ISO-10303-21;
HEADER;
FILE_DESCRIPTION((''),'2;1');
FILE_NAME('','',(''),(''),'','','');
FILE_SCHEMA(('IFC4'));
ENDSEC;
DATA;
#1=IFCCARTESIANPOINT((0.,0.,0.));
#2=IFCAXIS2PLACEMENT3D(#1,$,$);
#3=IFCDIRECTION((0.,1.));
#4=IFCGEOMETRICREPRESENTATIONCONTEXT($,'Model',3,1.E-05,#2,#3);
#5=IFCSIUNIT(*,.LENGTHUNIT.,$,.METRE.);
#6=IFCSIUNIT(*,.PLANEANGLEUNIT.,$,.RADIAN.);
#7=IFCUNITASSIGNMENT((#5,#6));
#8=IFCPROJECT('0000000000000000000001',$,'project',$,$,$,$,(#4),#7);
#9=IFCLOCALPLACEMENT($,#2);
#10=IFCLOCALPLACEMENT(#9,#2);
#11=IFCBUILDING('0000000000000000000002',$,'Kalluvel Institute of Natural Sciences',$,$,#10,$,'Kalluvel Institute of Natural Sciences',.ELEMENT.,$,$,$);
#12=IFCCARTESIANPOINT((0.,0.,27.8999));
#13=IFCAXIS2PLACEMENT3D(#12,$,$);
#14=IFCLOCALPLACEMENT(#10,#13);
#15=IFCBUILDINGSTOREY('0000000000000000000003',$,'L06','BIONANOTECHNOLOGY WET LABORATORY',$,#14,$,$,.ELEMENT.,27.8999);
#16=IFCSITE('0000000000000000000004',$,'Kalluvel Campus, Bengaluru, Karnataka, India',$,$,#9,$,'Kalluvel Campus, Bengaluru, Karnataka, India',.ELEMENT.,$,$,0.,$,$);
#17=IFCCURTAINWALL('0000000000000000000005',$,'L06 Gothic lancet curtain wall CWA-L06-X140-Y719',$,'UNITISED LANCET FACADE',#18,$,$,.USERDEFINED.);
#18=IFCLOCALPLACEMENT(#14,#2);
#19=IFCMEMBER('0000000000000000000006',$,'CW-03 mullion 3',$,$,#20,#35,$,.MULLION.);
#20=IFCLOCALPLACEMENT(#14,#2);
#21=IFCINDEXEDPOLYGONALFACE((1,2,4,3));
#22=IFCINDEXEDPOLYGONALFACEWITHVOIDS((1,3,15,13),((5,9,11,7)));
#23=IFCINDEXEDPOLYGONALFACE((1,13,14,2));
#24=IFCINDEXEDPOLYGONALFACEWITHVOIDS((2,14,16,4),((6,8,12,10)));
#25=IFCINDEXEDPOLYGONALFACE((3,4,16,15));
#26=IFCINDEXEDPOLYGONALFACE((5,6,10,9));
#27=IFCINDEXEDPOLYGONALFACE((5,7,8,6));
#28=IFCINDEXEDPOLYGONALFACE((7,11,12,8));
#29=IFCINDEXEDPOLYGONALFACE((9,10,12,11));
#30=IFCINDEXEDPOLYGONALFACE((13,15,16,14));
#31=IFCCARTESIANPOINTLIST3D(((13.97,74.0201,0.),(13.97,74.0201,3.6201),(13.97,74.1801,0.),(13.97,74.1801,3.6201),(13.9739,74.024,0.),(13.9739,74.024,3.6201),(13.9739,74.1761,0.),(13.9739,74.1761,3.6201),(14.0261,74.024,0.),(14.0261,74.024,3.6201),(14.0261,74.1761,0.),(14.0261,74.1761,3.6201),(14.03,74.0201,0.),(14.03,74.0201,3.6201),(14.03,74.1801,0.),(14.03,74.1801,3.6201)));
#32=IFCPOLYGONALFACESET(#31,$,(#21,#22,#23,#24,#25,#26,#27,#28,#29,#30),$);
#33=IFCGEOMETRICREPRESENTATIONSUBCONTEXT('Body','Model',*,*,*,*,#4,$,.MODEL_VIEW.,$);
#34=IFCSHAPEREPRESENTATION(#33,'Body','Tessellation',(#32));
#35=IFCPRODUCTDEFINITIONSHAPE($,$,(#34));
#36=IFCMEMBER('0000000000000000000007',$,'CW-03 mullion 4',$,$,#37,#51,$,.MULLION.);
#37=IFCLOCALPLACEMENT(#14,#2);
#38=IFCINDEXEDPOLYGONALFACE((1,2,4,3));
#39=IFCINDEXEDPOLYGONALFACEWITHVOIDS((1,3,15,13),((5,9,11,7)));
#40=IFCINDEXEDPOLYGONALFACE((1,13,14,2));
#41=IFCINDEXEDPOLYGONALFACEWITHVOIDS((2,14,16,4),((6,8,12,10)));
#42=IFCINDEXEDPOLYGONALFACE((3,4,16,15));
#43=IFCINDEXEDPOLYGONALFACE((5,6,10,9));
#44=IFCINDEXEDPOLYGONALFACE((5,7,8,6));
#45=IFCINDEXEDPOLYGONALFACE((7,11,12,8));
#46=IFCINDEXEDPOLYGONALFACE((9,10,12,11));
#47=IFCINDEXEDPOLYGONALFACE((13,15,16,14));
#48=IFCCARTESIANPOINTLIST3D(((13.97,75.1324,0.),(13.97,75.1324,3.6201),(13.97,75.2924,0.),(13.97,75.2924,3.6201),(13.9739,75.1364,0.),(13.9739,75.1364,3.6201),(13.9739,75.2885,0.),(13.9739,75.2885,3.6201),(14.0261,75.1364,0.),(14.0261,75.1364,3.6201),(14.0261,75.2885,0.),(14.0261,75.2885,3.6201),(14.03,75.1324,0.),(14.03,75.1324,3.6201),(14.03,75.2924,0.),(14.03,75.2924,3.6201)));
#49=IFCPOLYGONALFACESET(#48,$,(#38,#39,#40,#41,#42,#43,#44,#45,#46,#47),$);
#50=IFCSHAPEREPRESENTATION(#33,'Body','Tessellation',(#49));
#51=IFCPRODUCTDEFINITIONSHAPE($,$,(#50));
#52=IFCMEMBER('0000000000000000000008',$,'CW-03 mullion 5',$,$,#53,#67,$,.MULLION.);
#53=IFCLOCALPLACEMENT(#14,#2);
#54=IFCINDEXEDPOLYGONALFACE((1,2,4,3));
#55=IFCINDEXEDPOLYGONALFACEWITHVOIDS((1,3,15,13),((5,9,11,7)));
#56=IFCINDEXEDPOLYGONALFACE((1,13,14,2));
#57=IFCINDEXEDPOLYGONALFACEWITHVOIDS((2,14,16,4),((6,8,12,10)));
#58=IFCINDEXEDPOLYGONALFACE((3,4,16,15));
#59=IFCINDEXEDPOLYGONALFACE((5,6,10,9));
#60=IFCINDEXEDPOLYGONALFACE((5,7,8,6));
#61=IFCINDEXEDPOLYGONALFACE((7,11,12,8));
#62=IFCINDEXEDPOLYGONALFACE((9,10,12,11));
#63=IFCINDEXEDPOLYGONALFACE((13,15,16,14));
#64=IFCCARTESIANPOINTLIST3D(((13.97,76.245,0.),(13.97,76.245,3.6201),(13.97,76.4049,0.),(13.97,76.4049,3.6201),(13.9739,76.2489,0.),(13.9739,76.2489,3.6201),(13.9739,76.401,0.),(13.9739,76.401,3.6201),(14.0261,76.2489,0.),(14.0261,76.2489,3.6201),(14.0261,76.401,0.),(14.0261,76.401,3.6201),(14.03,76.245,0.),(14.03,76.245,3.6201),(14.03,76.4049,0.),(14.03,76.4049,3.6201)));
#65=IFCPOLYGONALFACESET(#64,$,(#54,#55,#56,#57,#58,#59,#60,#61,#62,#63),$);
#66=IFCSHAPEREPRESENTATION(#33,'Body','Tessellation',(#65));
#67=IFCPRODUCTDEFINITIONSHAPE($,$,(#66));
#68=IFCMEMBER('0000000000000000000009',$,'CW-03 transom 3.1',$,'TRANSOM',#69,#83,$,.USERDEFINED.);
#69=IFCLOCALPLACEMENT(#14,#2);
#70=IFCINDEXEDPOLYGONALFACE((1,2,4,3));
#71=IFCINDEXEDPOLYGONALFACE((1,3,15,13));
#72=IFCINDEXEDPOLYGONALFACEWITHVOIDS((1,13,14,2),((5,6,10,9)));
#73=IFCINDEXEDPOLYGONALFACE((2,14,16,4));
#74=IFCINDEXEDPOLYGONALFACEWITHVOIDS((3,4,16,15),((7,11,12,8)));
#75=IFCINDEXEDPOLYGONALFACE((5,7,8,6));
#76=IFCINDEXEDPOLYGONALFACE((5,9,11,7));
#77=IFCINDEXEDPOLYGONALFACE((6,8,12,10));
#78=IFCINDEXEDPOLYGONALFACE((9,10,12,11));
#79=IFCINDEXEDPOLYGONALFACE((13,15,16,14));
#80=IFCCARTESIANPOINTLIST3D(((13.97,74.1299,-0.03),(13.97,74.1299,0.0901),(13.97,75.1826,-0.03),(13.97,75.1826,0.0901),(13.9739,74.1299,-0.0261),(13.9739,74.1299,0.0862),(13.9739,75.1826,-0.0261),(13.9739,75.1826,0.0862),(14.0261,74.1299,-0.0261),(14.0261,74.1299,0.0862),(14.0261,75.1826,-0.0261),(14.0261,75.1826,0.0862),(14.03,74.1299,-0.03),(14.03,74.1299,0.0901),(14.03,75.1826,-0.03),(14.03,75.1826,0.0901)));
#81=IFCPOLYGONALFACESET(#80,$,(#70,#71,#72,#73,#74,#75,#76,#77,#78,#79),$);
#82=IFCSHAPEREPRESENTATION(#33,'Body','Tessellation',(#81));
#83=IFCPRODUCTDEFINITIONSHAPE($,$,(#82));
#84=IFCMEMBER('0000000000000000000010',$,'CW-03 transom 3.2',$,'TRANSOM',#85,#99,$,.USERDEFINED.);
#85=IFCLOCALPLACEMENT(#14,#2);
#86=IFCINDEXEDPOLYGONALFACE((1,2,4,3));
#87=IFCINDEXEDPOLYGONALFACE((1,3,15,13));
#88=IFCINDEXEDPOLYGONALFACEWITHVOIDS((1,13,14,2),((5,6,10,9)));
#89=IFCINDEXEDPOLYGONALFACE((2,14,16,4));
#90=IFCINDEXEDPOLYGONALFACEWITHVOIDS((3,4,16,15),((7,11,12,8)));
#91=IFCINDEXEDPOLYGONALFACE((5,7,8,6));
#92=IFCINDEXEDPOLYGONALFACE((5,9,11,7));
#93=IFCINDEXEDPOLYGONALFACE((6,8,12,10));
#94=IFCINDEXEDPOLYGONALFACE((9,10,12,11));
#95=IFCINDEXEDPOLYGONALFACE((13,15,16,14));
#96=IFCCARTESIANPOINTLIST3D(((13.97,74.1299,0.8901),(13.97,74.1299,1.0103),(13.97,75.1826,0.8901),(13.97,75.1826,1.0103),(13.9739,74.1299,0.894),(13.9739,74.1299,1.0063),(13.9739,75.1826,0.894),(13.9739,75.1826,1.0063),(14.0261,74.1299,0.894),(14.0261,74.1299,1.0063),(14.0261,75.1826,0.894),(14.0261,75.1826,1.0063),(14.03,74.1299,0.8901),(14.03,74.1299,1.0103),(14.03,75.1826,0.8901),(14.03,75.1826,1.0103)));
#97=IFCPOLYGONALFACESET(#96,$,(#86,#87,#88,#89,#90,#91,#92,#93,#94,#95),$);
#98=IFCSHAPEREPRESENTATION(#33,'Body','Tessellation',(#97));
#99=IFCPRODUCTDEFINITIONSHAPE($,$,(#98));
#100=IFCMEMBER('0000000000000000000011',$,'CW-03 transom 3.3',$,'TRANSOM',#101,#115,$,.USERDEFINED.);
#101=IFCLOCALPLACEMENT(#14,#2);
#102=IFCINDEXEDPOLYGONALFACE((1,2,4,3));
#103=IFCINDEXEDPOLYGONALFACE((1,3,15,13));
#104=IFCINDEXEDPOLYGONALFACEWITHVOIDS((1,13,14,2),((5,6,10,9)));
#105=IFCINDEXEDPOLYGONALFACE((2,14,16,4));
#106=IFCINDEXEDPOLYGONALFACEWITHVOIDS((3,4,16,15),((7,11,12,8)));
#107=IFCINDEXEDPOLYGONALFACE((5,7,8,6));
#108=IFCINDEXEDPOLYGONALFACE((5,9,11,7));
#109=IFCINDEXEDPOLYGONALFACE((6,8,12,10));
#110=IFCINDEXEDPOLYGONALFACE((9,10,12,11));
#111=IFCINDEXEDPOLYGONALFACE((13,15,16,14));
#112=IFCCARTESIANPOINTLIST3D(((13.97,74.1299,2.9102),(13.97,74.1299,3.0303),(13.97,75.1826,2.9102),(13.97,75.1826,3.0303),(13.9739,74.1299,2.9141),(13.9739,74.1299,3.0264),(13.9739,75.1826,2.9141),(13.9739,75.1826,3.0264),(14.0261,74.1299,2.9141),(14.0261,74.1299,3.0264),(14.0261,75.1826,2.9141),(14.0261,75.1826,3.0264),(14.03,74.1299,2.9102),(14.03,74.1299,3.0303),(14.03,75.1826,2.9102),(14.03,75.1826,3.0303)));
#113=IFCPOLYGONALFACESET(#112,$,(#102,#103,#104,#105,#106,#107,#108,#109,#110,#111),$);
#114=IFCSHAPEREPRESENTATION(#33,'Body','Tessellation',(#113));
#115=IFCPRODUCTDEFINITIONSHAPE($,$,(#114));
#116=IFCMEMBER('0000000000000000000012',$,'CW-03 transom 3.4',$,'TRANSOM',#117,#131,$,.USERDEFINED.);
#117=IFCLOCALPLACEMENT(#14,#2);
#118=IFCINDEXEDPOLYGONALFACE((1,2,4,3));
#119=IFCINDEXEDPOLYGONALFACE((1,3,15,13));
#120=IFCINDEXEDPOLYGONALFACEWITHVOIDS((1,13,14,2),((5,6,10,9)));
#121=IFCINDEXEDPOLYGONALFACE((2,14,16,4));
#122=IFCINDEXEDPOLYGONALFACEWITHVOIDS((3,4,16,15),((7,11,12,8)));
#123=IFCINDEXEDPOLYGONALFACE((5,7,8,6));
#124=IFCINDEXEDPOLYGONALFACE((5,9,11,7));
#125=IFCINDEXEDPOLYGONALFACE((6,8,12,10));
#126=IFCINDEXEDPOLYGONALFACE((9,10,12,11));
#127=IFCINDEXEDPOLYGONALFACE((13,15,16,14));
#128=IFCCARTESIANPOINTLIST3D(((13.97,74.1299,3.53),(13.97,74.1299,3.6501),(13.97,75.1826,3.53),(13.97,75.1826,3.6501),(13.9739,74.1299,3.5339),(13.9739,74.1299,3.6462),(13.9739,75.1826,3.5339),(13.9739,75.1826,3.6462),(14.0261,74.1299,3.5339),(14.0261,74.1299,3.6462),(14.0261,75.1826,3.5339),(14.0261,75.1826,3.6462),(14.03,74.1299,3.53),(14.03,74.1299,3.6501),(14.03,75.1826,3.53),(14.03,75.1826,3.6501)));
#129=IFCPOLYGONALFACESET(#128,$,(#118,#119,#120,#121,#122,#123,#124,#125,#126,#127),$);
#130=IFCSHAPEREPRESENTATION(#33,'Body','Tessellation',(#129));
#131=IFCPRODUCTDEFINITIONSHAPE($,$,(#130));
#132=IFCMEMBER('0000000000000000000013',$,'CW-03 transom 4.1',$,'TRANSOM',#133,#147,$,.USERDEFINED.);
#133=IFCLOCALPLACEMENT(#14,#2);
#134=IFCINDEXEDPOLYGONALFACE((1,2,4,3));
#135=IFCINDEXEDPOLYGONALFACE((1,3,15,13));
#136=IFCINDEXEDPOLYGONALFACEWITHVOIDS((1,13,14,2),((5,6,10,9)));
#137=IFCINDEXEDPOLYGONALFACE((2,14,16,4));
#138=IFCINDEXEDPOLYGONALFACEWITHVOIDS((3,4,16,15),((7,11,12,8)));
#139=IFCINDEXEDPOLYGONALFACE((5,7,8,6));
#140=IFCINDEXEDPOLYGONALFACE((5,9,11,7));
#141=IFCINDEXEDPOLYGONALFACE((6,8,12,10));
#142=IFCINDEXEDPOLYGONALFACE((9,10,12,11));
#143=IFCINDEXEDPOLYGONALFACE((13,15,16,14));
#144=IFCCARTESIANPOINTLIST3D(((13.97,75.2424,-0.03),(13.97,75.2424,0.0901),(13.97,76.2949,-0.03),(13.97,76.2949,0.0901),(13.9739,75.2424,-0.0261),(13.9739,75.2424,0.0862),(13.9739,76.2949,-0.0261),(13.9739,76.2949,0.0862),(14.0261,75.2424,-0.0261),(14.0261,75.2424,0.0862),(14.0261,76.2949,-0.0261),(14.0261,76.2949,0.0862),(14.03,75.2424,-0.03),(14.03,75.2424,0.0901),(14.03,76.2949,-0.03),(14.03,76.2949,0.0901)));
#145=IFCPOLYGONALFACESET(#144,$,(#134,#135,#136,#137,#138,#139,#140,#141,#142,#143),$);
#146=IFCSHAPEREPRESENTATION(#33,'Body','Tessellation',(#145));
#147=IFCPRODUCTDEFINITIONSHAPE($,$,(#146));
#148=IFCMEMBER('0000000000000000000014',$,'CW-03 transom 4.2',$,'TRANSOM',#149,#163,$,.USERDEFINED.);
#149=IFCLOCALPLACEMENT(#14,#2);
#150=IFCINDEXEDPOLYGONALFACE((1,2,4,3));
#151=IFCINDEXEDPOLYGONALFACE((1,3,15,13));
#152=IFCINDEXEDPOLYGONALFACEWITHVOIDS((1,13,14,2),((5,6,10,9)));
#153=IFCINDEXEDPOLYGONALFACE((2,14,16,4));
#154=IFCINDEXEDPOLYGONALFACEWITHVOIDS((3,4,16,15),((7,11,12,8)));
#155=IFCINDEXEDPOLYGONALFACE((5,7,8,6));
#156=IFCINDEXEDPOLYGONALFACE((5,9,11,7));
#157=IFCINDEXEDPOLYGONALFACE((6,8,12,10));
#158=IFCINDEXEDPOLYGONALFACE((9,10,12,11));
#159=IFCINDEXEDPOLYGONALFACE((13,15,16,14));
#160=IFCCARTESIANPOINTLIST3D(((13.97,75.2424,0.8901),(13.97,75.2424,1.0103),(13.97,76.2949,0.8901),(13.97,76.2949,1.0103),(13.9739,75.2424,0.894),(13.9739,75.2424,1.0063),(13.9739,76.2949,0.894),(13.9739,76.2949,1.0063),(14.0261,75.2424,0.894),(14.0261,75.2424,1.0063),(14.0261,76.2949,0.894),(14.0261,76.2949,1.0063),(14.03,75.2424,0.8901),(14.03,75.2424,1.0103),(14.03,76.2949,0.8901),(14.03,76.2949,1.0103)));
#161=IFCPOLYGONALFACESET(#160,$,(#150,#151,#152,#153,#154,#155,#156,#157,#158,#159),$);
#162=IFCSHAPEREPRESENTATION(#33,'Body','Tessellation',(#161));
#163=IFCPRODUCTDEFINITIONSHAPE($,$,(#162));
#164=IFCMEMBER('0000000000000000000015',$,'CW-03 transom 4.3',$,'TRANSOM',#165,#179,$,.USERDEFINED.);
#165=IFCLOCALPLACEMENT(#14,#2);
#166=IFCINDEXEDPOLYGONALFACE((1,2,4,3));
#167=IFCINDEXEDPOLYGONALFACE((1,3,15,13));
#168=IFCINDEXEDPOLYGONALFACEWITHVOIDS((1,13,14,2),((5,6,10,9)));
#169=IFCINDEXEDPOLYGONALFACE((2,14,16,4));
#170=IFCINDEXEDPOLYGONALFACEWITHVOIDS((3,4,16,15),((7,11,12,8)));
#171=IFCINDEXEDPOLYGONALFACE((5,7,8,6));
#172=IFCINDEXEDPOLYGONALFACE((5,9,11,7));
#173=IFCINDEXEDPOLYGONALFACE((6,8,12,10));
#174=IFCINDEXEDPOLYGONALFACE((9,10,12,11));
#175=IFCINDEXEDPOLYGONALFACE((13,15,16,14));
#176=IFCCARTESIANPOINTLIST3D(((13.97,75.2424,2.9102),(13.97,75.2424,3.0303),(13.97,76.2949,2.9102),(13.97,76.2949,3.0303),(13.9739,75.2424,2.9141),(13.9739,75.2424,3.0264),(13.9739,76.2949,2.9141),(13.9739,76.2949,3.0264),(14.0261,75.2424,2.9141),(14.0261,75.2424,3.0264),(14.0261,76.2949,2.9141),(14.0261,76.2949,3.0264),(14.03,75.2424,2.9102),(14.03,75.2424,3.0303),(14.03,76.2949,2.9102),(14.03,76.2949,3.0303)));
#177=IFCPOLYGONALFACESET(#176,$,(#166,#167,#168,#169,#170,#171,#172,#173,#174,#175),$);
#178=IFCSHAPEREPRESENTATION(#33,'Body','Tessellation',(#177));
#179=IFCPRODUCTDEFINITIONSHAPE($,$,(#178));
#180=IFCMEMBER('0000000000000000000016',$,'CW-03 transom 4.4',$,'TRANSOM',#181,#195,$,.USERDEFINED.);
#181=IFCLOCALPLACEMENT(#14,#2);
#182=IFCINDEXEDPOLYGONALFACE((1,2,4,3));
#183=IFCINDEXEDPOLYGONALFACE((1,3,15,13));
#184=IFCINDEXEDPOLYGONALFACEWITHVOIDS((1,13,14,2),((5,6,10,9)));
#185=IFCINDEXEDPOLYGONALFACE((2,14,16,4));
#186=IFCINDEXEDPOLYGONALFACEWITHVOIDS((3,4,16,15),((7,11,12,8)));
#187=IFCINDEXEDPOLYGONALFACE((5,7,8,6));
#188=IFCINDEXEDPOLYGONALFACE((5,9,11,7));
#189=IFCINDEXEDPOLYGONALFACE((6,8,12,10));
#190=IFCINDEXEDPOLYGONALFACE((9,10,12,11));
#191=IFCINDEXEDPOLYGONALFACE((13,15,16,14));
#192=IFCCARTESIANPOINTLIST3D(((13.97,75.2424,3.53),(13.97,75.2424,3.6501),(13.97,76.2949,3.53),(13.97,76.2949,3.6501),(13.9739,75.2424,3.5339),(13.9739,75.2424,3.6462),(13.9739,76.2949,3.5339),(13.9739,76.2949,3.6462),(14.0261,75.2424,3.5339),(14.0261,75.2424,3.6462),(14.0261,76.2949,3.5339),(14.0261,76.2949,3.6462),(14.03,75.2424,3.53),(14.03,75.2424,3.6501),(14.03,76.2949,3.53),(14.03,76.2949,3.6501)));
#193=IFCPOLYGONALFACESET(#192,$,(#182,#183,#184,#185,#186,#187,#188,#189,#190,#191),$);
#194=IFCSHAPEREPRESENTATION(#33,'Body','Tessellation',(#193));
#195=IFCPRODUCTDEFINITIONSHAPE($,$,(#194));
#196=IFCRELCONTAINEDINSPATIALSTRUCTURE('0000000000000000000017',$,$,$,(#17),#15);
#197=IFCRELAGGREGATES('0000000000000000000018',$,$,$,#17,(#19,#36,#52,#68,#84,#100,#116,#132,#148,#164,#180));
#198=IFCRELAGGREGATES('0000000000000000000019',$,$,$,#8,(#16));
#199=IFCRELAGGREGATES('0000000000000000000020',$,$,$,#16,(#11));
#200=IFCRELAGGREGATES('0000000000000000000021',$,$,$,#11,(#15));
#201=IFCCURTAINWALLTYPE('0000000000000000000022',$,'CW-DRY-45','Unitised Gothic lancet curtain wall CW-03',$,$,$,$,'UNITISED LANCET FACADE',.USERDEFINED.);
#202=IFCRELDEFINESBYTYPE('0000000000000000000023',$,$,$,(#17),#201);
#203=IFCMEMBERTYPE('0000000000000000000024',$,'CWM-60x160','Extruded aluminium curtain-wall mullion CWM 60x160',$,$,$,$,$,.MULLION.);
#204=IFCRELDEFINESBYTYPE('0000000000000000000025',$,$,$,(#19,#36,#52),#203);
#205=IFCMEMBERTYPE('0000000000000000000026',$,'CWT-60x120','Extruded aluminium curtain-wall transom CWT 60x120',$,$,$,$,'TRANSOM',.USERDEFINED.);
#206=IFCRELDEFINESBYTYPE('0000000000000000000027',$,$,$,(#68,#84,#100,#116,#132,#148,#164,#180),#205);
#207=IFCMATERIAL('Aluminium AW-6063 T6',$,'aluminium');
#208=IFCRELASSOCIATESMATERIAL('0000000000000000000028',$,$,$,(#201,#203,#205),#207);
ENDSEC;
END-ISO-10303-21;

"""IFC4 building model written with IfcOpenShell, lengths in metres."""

from ifc_helpers import new_model, si_unit, direction, frame, origin, origin_2d, place, context, subcontext, project, spatial, hollow_rectangle, extrude, material, material_profile, profile_set, type_object, element, aggregate, save


model = new_model("IFC4")

# Units and contexts
model_context = context("Model", 3, precision=1e-05, world=origin(), true_north=direction((0.0, 1.0)))
body_context = subcontext(model_context, "Body", "Model", "MODEL_VIEW")
ifc_project = project(units=[si_unit("LENGTHUNIT", "METRE"), si_unit("PLANEANGLEUNIT", "RADIAN")], contexts=[model_context])

# Site, building, storey
site_placement = place(None, origin())
site = spatial("IfcSite", under=ifc_project, at=site_placement, Name="Kalluvel Campus, Bengaluru, Karnataka, India", LongName="Kalluvel Campus, Bengaluru, Karnataka, India", CompositionType="ELEMENT", RefElevation=0.0)
building_placement = place(site_placement, origin())
building = spatial("IfcBuilding", under=site, at=building_placement, Name="Kalluvel Institute of Natural Sciences", LongName="Kalluvel Institute of Natural Sciences", CompositionType="ELEMENT")
storey_placement = place(building_placement, frame((0.0, 0.0, 27.8999)))
storey = spatial("IfcBuildingStorey", under=building, at=storey_placement, Name="L06", Description="BIONANOTECHNOLOGY WET LABORATORY", CompositionType="ELEMENT", Elevation=27.8999)

# Curtain wall, members
ifc_material_1 = material(Name="Aluminium AW-6063 T6", Category="aluminium")
curtain_wall_type = type_object("IfcCurtainWallType", Name="CW-DRY-45", Description="Unitised Gothic lancet curtain wall CW-03", ElementType="UNITISED LANCET FACADE", PredefinedType="USERDEFINED", material=ifc_material_1)
curtain_wall_placement = place(storey_placement, origin())
curtain_wall = element("IfcCurtainWall", 1, at=curtain_wall_placement, inside=storey, type_object=curtain_wall_type, Name="L06 Gothic lancet curtain wall CWA-L06-X140-Y719", ObjectType="UNITISED LANCET FACADE", PredefinedType="USERDEFINED")
ifc_material_profile_1 = material_profile(ifc_material_1, hollow_rectangle(XDim=0.0601, YDim=0.1599, WallThickness=0.0039, at=origin_2d()), Name="CWM 60x160")
ifc_profile_set_1 = profile_set([ifc_material_profile_1], Name="Aluminium AW-6063 T6")
member_type_1 = type_object("IfcMemberType", Name="CWM-60x160", Description="Extruded aluminium curtain-wall mullion CWM 60x160", PredefinedType="MULLION", material=ifc_profile_set_1)
member_1_placement = place(storey_placement, frame((14.0, 74.1001, 0.0), z_axis=(0.0, 0.0, 1.0), x_axis=(-1.0, 0.0, 0.0)))
member_1 = element("IfcMember", 2, at=member_1_placement, type_object=member_type_1, Name="CW-03 mullion 3", PredefinedType="MULLION", context=body_context, shape_type="SweptSolid", body=[
    extrude(hollow_rectangle(XDim=0.0601, YDim=0.1599, WallThickness=0.0039, at=origin_2d()), origin(), (0.0, 0.0, 1.0), 3.6201),
])
member_2_placement = place(storey_placement, frame((14.0, 75.2124, 0.0), z_axis=(0.0, 0.0, 1.0), x_axis=(-1.0, 0.0, 0.0)))
member_2 = element("IfcMember", 3, at=member_2_placement, type_object=member_type_1, Name="CW-03 mullion 4", PredefinedType="MULLION", context=body_context, shape_type="SweptSolid", body=[
    extrude(hollow_rectangle(XDim=0.0601, YDim=0.1599, WallThickness=0.0039, at=origin_2d()), origin(), (0.0, 0.0, 1.0), 3.6201),
])
member_3_placement = place(storey_placement, frame((14.0, 76.325, 0.0), z_axis=(0.0, 0.0, 1.0), x_axis=(-1.0, 0.0, 0.0)))
member_3 = element("IfcMember", 4, at=member_3_placement, type_object=member_type_1, Name="CW-03 mullion 5", PredefinedType="MULLION", context=body_context, shape_type="SweptSolid", body=[
    extrude(hollow_rectangle(XDim=0.0601, YDim=0.1599, WallThickness=0.0039, at=origin_2d()), origin(), (0.0, 0.0, 1.0), 3.6201),
])
ifc_material_profile_2 = material_profile(ifc_material_1, hollow_rectangle(XDim=0.0601, YDim=0.1201, WallThickness=0.0039, at=origin_2d()), Name="CWT 60x120")
ifc_profile_set_2 = profile_set([ifc_material_profile_2], Name="Aluminium AW-6063 T6")
member_type_2 = type_object("IfcMemberType", Name="CWT-60x120", Description="Extruded aluminium curtain-wall transom CWT 60x120", ElementType="TRANSOM", PredefinedType="USERDEFINED", material=ifc_profile_set_2)
member_4_placement = place(storey_placement, frame((14.0, 74.1299, 0.03), z_axis=(0.0, 1.0, 0.0), x_axis=(-1.0, 0.0, 0.0)))
member_4 = element("IfcMember", 5, at=member_4_placement, type_object=member_type_2, Name="CW-03 transom 3.1", ObjectType="TRANSOM", PredefinedType="USERDEFINED", context=body_context, shape_type="SweptSolid", body=[
    extrude(hollow_rectangle(XDim=0.0601, YDim=0.1201, WallThickness=0.0039, at=origin_2d()), origin(), (0.0, 0.0, 1.0), 1.0527),
])
member_5_placement = place(storey_placement, frame((14.0, 74.1299, 0.9502), z_axis=(0.0, 1.0, 0.0), x_axis=(-1.0, 0.0, 0.0)))
member_5 = element("IfcMember", 6, at=member_5_placement, type_object=member_type_2, Name="CW-03 transom 3.2", ObjectType="TRANSOM", PredefinedType="USERDEFINED", context=body_context, shape_type="SweptSolid", body=[
    extrude(hollow_rectangle(XDim=0.0601, YDim=0.1201, WallThickness=0.0039, at=origin_2d()), origin(), (0.0, 0.0, 1.0), 1.0527),
])
member_6_placement = place(storey_placement, frame((14.0, 74.1299, 2.9702), z_axis=(0.0, 1.0, 0.0), x_axis=(-1.0, 0.0, 0.0)))
member_6 = element("IfcMember", 7, at=member_6_placement, type_object=member_type_2, Name="CW-03 transom 3.3", ObjectType="TRANSOM", PredefinedType="USERDEFINED", context=body_context, shape_type="SweptSolid", body=[
    extrude(hollow_rectangle(XDim=0.0601, YDim=0.1201, WallThickness=0.0039, at=origin_2d()), origin(), (0.0, 0.0, 1.0), 1.0527),
])
member_7_placement = place(storey_placement, frame((14.0, 74.1299, 3.5901), z_axis=(0.0, 1.0, 0.0), x_axis=(-1.0, 0.0, 0.0)))
member_7 = element("IfcMember", 8, at=member_7_placement, type_object=member_type_2, Name="CW-03 transom 3.4", ObjectType="TRANSOM", PredefinedType="USERDEFINED", context=body_context, shape_type="SweptSolid", body=[
    extrude(hollow_rectangle(XDim=0.0601, YDim=0.1201, WallThickness=0.0039, at=origin_2d()), origin(), (0.0, 0.0, 1.0), 1.0527),
])
member_8_placement = place(storey_placement, frame((14.0, 75.2424, 0.03), z_axis=(0.0, 1.0, 0.0), x_axis=(-1.0, 0.0, 0.0)))
member_8 = element("IfcMember", 9, at=member_8_placement, type_object=member_type_2, Name="CW-03 transom 4.1", ObjectType="TRANSOM", PredefinedType="USERDEFINED", context=body_context, shape_type="SweptSolid", body=[
    extrude(hollow_rectangle(XDim=0.0601, YDim=0.1201, WallThickness=0.0039, at=origin_2d()), origin(), (0.0, 0.0, 1.0), 1.0525),
])
member_9_placement = place(storey_placement, frame((14.0, 75.2424, 0.9502), z_axis=(0.0, 1.0, 0.0), x_axis=(-1.0, 0.0, 0.0)))
member_9 = element("IfcMember", 10, at=member_9_placement, type_object=member_type_2, Name="CW-03 transom 4.2", ObjectType="TRANSOM", PredefinedType="USERDEFINED", context=body_context, shape_type="SweptSolid", body=[
    extrude(hollow_rectangle(XDim=0.0601, YDim=0.1201, WallThickness=0.0039, at=origin_2d()), origin(), (0.0, 0.0, 1.0), 1.0525),
])
member_10_placement = place(storey_placement, frame((14.0, 75.2424, 2.9702), z_axis=(0.0, 1.0, 0.0), x_axis=(-1.0, 0.0, 0.0)))
member_10 = element("IfcMember", 11, at=member_10_placement, type_object=member_type_2, Name="CW-03 transom 4.3", ObjectType="TRANSOM", PredefinedType="USERDEFINED", context=body_context, shape_type="SweptSolid", body=[
    extrude(hollow_rectangle(XDim=0.0601, YDim=0.1201, WallThickness=0.0039, at=origin_2d()), origin(), (0.0, 0.0, 1.0), 1.0525),
])
member_11_placement = place(storey_placement, frame((14.0, 75.2424, 3.5901), z_axis=(0.0, 1.0, 0.0), x_axis=(-1.0, 0.0, 0.0)))
member_11 = element("IfcMember", 12, at=member_11_placement, type_object=member_type_2, Name="CW-03 transom 4.4", ObjectType="TRANSOM", PredefinedType="USERDEFINED", context=body_context, shape_type="SweptSolid", body=[
    extrude(hollow_rectangle(XDim=0.0601, YDim=0.1201, WallThickness=0.0039, at=origin_2d()), origin(), (0.0, 0.0, 1.0), 1.0525),
])
aggregate(curtain_wall, [member_1, member_2, member_3, member_4, member_5, member_6, member_7, member_8, member_9, member_10, member_11])

save(model, "model.ifc")
